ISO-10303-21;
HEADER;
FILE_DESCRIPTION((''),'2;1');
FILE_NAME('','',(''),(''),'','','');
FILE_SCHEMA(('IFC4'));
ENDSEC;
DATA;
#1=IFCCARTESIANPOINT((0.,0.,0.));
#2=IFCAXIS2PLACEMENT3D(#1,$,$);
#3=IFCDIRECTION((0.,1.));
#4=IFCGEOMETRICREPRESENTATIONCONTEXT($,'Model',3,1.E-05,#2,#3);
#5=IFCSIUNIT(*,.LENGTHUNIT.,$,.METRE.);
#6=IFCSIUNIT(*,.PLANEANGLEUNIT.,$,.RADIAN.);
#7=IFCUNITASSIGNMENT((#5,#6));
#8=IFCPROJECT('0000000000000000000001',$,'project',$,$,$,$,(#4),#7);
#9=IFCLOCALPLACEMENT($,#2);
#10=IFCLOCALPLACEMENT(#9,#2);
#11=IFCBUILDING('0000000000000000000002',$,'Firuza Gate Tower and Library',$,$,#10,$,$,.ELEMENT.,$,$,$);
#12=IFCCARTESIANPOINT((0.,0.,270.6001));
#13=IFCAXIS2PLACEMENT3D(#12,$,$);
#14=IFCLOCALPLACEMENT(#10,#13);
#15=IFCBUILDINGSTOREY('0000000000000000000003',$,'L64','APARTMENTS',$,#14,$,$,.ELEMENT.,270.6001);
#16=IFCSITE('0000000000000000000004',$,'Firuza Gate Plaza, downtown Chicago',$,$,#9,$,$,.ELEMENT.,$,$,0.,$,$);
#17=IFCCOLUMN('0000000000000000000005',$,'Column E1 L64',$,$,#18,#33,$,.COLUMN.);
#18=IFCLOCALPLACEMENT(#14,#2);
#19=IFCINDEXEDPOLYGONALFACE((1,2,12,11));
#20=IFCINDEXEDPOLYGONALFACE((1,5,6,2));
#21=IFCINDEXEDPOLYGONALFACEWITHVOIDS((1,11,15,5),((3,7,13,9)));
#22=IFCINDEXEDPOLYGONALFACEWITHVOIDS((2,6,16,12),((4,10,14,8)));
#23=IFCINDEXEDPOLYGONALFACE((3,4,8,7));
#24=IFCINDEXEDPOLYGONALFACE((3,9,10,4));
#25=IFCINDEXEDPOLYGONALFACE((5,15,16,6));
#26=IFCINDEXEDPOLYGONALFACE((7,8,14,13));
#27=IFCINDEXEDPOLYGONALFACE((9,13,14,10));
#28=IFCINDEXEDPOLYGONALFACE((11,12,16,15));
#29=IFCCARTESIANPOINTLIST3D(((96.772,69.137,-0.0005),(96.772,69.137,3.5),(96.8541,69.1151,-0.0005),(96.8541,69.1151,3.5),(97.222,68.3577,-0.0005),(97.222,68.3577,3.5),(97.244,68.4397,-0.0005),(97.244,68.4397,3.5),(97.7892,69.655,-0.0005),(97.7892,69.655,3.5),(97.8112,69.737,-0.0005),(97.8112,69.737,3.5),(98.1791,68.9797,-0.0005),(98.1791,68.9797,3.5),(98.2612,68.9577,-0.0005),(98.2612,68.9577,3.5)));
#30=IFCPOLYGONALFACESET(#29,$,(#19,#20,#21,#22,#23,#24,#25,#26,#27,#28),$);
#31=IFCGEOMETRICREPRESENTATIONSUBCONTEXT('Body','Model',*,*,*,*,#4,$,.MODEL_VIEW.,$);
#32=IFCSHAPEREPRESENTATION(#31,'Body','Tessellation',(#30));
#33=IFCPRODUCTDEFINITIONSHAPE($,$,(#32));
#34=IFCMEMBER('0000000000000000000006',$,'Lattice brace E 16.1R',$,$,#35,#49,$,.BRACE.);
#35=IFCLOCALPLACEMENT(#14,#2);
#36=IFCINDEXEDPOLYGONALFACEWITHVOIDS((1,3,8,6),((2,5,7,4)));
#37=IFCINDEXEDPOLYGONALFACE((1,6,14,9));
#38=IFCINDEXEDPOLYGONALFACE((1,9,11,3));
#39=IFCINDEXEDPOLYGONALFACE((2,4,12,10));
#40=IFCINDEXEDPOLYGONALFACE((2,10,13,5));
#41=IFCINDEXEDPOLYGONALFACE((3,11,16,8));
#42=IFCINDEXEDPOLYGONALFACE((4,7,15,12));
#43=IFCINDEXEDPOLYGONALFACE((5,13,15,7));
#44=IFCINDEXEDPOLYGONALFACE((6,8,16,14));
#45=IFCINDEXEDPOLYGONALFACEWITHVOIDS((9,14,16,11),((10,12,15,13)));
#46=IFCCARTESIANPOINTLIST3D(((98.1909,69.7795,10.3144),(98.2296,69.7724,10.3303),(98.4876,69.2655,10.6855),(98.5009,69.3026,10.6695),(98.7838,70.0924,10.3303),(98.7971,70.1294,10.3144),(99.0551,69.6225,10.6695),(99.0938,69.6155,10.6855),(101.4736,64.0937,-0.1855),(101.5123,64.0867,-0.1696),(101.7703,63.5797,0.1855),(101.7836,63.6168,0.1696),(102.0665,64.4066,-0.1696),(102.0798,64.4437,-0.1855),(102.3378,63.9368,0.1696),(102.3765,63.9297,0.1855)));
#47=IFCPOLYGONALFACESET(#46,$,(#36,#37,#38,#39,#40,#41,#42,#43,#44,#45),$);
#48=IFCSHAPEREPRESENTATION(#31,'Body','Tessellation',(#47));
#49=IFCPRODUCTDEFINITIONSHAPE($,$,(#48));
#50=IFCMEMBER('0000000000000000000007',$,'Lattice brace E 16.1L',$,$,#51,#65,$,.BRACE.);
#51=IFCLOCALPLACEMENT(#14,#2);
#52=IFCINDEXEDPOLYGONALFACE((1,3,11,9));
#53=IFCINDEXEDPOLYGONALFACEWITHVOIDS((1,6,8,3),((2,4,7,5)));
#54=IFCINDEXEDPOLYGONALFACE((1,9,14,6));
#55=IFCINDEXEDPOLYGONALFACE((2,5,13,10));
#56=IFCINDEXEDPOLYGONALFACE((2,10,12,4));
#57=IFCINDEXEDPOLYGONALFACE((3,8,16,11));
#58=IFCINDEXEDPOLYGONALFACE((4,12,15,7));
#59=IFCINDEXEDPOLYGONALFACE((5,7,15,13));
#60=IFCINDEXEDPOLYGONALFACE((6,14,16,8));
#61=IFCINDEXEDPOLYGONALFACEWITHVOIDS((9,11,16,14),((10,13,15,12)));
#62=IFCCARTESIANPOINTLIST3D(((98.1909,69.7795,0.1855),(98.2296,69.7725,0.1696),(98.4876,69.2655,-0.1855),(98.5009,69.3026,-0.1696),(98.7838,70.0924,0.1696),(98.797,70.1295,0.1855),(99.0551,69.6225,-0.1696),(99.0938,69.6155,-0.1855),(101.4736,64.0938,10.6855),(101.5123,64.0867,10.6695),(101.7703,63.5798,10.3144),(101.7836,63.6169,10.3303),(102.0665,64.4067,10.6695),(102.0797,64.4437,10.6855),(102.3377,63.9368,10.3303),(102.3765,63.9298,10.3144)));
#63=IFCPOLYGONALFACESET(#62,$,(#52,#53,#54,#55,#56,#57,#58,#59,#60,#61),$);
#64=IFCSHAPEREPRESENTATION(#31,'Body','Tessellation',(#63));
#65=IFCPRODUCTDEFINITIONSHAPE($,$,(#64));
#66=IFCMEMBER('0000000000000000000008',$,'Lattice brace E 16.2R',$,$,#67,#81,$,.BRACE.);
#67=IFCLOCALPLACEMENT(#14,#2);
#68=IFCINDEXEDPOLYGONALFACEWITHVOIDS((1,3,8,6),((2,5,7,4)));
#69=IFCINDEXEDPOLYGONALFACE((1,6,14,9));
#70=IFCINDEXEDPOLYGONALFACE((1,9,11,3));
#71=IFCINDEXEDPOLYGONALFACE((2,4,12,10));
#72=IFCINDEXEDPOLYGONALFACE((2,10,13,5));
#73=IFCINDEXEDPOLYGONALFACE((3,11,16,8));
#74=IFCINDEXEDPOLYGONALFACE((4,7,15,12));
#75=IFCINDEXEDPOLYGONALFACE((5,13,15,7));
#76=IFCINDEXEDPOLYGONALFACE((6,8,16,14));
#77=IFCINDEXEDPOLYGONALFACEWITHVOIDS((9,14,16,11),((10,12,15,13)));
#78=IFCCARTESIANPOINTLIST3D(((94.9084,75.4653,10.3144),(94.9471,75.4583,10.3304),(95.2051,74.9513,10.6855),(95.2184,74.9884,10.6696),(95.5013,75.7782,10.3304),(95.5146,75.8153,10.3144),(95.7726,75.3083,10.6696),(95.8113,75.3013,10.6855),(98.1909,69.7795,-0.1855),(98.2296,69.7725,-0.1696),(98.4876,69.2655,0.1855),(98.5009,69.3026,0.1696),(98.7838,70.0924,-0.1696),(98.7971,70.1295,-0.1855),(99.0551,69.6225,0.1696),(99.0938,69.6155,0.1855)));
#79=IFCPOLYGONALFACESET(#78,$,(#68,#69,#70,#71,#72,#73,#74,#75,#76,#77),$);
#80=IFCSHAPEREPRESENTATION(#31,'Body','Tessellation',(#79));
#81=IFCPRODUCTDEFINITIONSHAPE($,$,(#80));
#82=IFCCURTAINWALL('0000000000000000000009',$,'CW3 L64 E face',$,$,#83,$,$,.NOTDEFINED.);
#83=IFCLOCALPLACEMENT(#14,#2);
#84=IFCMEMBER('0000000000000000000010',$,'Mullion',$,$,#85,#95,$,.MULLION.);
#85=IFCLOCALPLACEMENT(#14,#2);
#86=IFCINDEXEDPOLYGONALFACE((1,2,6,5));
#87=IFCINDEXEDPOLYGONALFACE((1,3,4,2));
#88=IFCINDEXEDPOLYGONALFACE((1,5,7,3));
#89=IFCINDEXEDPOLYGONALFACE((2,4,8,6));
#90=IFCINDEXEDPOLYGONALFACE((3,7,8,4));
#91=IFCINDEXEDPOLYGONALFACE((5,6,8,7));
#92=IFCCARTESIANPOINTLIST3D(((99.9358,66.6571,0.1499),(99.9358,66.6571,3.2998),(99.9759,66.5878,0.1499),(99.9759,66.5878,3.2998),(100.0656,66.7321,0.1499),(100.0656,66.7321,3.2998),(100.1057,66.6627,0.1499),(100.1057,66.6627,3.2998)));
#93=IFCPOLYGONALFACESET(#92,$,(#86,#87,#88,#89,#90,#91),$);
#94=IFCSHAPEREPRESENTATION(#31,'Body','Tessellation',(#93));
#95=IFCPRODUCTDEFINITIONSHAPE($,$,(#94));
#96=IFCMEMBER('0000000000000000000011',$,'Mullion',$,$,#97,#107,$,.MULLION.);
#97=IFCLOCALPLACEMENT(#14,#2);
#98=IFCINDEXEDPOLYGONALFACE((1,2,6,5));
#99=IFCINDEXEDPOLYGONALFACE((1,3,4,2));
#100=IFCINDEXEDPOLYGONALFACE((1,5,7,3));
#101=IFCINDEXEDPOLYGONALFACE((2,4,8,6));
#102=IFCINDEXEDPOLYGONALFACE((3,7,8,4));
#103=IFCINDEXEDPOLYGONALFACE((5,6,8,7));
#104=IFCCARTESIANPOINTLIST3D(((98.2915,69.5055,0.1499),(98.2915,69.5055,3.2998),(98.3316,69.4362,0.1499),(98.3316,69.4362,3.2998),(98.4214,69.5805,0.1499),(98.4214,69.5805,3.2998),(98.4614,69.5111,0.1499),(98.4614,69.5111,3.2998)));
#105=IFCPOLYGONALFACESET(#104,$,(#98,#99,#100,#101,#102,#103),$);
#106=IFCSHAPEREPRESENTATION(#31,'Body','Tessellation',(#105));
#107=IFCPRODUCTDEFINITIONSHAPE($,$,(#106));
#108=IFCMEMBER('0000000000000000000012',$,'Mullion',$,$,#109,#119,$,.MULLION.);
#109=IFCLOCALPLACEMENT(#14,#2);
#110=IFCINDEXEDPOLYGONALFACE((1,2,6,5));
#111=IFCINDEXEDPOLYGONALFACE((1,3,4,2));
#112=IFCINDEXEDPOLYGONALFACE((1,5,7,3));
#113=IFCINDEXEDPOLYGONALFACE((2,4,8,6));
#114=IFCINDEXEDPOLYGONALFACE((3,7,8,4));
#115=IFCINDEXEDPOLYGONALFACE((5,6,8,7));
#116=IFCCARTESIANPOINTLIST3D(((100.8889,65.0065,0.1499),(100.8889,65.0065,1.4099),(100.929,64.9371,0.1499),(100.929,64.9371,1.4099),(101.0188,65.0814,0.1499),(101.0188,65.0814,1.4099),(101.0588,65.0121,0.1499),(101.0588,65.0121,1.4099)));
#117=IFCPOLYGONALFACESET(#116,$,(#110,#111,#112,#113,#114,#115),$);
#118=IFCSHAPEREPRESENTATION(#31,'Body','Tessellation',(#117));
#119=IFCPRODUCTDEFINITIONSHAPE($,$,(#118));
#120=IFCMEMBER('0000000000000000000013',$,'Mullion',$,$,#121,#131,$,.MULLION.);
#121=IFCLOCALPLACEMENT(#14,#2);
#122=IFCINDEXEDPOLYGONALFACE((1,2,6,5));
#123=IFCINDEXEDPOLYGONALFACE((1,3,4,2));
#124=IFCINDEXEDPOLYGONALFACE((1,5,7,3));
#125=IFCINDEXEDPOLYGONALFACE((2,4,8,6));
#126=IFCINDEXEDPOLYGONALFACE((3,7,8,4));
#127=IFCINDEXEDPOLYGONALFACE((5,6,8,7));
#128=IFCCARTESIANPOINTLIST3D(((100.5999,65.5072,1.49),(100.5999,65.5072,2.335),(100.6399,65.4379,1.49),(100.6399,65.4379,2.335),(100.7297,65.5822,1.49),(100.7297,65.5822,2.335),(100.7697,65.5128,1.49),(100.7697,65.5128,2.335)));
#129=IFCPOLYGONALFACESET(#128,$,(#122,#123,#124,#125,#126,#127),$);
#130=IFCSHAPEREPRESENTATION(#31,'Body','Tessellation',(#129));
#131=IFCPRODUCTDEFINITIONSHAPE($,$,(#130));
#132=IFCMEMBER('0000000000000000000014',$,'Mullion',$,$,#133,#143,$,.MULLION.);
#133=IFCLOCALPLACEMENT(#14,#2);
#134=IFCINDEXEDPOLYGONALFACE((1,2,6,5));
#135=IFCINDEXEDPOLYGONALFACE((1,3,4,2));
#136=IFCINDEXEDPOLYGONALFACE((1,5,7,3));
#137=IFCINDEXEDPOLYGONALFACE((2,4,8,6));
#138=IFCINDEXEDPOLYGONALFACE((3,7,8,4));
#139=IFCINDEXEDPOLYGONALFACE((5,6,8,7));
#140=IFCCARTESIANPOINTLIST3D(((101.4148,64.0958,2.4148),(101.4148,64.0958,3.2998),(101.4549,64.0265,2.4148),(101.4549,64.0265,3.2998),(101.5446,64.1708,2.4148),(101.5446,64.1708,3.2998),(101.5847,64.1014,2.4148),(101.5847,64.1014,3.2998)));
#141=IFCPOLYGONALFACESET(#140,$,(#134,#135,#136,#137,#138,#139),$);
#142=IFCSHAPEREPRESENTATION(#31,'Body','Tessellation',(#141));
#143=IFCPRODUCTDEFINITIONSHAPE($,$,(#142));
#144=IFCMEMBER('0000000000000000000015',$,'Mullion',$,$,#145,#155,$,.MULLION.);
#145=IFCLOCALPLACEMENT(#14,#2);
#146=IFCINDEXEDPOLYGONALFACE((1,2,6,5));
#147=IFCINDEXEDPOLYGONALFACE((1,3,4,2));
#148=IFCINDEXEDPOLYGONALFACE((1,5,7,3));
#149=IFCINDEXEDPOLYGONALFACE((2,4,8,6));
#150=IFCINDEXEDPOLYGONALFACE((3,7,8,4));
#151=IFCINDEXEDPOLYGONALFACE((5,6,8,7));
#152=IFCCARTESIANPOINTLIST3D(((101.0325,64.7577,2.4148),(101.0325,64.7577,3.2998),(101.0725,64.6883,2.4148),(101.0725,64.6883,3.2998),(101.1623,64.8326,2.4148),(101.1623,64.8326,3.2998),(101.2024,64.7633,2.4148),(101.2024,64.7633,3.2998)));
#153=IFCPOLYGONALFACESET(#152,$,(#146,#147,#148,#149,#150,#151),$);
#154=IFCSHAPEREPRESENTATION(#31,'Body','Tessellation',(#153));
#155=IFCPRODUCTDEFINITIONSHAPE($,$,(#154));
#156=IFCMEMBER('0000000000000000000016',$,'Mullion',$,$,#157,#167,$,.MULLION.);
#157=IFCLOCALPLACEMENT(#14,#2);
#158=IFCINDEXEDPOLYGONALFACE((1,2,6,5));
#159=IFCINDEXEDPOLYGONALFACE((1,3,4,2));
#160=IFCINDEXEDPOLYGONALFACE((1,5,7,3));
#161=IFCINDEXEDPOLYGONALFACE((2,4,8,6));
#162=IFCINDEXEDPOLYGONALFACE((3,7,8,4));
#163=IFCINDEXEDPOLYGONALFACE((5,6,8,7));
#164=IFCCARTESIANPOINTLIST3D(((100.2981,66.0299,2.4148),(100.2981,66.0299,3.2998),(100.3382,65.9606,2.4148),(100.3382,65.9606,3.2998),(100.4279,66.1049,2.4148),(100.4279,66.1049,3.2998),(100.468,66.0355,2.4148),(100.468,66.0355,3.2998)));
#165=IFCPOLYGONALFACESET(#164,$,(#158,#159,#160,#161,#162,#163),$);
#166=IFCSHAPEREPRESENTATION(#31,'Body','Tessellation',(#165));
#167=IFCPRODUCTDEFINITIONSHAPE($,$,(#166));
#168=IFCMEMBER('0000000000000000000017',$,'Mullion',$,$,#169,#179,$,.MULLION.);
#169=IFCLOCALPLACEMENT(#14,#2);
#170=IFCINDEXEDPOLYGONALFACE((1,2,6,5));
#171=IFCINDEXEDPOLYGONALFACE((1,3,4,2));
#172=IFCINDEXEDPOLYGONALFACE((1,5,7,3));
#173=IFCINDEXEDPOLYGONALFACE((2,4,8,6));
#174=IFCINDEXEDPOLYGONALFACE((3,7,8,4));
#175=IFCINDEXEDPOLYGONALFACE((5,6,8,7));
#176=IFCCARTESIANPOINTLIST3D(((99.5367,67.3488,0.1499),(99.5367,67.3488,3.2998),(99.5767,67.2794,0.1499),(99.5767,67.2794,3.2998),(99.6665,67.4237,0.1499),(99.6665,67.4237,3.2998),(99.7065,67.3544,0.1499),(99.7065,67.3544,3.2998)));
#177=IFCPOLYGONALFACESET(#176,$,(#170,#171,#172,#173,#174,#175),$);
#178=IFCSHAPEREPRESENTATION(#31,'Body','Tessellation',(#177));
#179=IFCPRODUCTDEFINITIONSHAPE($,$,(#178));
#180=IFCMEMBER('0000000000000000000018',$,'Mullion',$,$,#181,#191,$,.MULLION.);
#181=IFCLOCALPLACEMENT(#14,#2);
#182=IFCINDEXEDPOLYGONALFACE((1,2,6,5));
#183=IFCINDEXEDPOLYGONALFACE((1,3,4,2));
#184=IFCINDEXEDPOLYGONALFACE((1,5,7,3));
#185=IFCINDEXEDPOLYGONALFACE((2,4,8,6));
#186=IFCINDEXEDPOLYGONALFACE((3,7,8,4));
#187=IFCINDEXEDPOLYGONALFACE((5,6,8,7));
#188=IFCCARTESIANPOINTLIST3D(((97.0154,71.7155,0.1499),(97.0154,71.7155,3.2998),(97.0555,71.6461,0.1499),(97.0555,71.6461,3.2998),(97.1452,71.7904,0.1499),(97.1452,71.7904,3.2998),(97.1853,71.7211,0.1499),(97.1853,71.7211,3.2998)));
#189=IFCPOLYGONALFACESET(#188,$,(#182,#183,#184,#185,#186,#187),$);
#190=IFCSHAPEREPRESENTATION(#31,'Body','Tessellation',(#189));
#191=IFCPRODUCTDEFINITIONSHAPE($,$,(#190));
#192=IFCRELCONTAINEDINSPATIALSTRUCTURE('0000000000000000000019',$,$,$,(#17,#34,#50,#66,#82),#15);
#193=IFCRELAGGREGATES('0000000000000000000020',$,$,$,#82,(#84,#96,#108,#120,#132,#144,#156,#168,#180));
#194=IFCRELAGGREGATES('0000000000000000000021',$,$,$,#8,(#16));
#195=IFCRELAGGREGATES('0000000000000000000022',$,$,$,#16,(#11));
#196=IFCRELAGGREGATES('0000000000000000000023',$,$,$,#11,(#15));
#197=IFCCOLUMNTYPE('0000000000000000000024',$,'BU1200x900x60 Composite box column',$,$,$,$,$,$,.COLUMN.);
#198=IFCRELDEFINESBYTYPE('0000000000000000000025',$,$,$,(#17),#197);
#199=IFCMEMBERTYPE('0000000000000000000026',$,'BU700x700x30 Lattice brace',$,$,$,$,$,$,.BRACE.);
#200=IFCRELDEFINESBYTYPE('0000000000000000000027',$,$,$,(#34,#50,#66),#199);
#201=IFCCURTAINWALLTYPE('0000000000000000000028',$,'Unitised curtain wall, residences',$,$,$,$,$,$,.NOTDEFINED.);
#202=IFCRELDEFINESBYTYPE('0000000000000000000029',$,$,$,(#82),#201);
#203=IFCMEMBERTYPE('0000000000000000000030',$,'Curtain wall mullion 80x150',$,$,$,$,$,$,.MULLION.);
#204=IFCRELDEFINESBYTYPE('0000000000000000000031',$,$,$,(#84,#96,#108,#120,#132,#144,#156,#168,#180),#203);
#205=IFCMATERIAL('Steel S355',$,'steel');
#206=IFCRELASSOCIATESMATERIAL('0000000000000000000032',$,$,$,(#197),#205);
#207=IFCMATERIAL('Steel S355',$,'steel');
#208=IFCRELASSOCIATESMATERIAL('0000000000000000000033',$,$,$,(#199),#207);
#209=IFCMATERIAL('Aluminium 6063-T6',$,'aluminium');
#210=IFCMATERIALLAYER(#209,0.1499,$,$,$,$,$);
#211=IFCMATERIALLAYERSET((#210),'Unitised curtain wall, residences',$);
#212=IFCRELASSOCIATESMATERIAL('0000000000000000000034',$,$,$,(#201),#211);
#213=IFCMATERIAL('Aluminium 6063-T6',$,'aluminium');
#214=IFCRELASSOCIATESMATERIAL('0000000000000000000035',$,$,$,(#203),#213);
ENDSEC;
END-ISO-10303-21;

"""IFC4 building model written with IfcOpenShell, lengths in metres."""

from ifc_helpers import new_model, si_unit, direction, frame, origin, origin_2d, place, context, subcontext, project, spatial, rectangle, hollow_rectangle, extrude, material, layer, layer_set, material_profile, profile_set, type_object, element, aggregate, save


model = new_model("IFC4")

# Units and contexts
model_context = context("Model", 3, precision=1e-05, world=origin(), true_north=direction((0.0, 1.0)))
body_context = subcontext(model_context, "Body", "Model", "MODEL_VIEW")
ifc_project = project(units=[si_unit("LENGTHUNIT", "METRE"), si_unit("PLANEANGLEUNIT", "RADIAN")], contexts=[model_context])

# Site, building, storey
site_placement = place(None, origin())
site = spatial("IfcSite", under=ifc_project, at=site_placement, Name="Firuza Gate Plaza, downtown Chicago", CompositionType="ELEMENT", RefElevation=0.0)
building_placement = place(site_placement, origin())
building = spatial("IfcBuilding", under=site, at=building_placement, Name="Firuza Gate Tower and Library", CompositionType="ELEMENT")
storey_placement = place(building_placement, frame((0.0, 0.0, 270.6001)))
storey = spatial("IfcBuildingStorey", under=building, at=storey_placement, Name="L64", Description="APARTMENTS", CompositionType="ELEMENT", Elevation=270.6001)

# Column
ifc_material_1 = material(Name="Steel S355", Category="steel")
ifc_material_profile_1 = material_profile(ifc_material_1, hollow_rectangle(XDim=0.8999, YDim=1.2, WallThickness=0.0601, at=origin_2d()))
ifc_profile_set_1 = profile_set([ifc_material_profile_1], Name="Steel S355")
column_type = type_object("IfcColumnType", Name="BU1200x900x60 Composite box column", PredefinedType="COLUMN", material=ifc_profile_set_1)
column_placement = place(storey_placement, frame((97.5166, 69.0474, -0.0005), z_axis=(0.0, 0.0, 1.0), x_axis=(-0.5, 0.866025, 0.0)))
element("IfcColumn", 1, at=column_placement, inside=storey, type_object=column_type, Name="Column E1 L64", PredefinedType="COLUMN", context=body_context, shape_type="SweptSolid", body=[
    extrude(hollow_rectangle(XDim=0.8999, YDim=1.2, WallThickness=0.0601, at=origin_2d()), origin(), (0.0, 0.0, 1.0), 3.5005),
])

# Members
ifc_material_2 = material(Name="Steel S355", Category="steel")
ifc_material_profile_2 = material_profile(ifc_material_2, hollow_rectangle(XDim=0.7, YDim=0.7, WallThickness=0.03, at=origin_2d()))
ifc_profile_set_2 = profile_set([ifc_material_profile_2], Name="Steel S355")
member_type_1 = type_object("IfcMemberType", Name="BU700x700x30 Lattice brace", PredefinedType="BRACE", material=ifc_profile_set_2)
for number, where, z_axis, x_axis, name in (
    (2, (101.925, 64.0117, 0.0), (-0.265085, 0.459137, 0.847893), (-0.866024, -0.500002, 0.0), "Lattice brace E 16.1R"),
    (3, (98.6423, 69.6975, 0.0), (0.265085, -0.459137, 0.847893), (0.866024, 0.500002, 0.0), "Lattice brace E 16.1L"),
    (4, (98.6423, 69.6975, 0.0), (-0.265067, 0.45914, 0.847898), (-0.86604, -0.499975, 0.0), "Lattice brace E 16.2R"),
):
    element("IfcMember", number, at=place(storey_placement, frame(where, z_axis=z_axis, x_axis=x_axis)), inside=storey, type_object=member_type_1, Name=name, PredefinedType="BRACE", context=body_context, shape_type="SweptSolid", body=[
        extrude(hollow_rectangle(XDim=0.7, YDim=0.7, WallThickness=0.03, at=origin_2d()), origin(), (0.0, 0.0, 1.0), 12.3835),
    ])

# Curtain wall, members
ifc_material_3 = material(Name="Aluminium 6063-T6", Category="aluminium")
ifc_layer_1 = layer(ifc_material_3, 0.1499)
ifc_layer_set_1 = layer_set([ifc_layer_1], Name="Unitised curtain wall, residences")
curtain_wall_type = type_object("IfcCurtainWallType", Name="Unitised curtain wall, residences", PredefinedType="NOTDEFINED", material=ifc_layer_set_1)
curtain_wall_placement = place(storey_placement, origin())
curtain_wall = element("IfcCurtainWall", 5, at=curtain_wall_placement, inside=storey, type_object=curtain_wall_type, Name="CW3 L64 E face", PredefinedType="NOTDEFINED")
ifc_material_4 = material(Name="Aluminium 6063-T6", Category="aluminium")
ifc_material_profile_3 = material_profile(ifc_material_4, rectangle(XDim=0.1499, YDim=0.0801, at=origin_2d()))
ifc_profile_set_3 = profile_set([ifc_material_profile_3], Name="Aluminium 6063-T6")
member_type_2 = type_object("IfcMemberType", Name="Curtain wall mullion 80x150", PredefinedType="MULLION", material=ifc_profile_set_3)
member_1_placement = place(storey_placement, frame((100.0208, 66.6599, 0.1499), z_axis=(0.0, 0.0, 1.0), x_axis=(-0.866025, -0.5, 0.0)))
member_1 = element("IfcMember", 6, at=member_1_placement, type_object=member_type_2, Name="Mullion", PredefinedType="MULLION", context=body_context, shape_type="SweptSolid", body=[
    extrude(rectangle(XDim=0.1499, YDim=0.0801, at=origin_2d()), origin(), (0.0, 0.0, 1.0), 3.1499),
])
member_2_placement = place(storey_placement, frame((98.3765, 69.5083, 0.1499), z_axis=(0.0, 0.0, 1.0), x_axis=(-0.866025, -0.5, 0.0)))
member_2 = element("IfcMember", 7, at=member_2_placement, type_object=member_type_2, Name="Mullion", PredefinedType="MULLION", context=body_context, shape_type="SweptSolid", body=[
    extrude(rectangle(XDim=0.1499, YDim=0.0801, at=origin_2d()), origin(), (0.0, 0.0, 1.0), 3.1499),
])
member_3_placement = place(storey_placement, frame((100.9739, 65.0093, 0.1499), z_axis=(0.0, 0.0, 1.0), x_axis=(-0.866025, -0.5, 0.0)))
member_3 = element("IfcMember", 8, at=member_3_placement, type_object=member_type_2, Name="Mullion", PredefinedType="MULLION", context=body_context, shape_type="SweptSolid", body=[
    extrude(rectangle(XDim=0.1499, YDim=0.0801, at=origin_2d()), origin(), (0.0, 0.0, 1.0), 1.26),
])
member_4_placement = place(storey_placement, frame((100.6848, 65.51, 1.49), z_axis=(0.0, 0.0, 1.0), x_axis=(-0.866025, -0.5, 0.0)))
member_4 = element("IfcMember", 9, at=member_4_placement, type_object=member_type_2, Name="Mullion", PredefinedType="MULLION", context=body_context, shape_type="SweptSolid", body=[
    extrude(rectangle(XDim=0.1499, YDim=0.0801, at=origin_2d()), origin(), (0.0, 0.0, 1.0), 0.845),
])
member_5_placement = place(storey_placement, frame((101.4998, 64.0986, 2.4148), z_axis=(0.0, 0.0, 1.0), x_axis=(-0.866025, -0.5, 0.0)))
member_5 = element("IfcMember", 10, at=member_5_placement, type_object=member_type_2, Name="Mullion", PredefinedType="MULLION", context=body_context, shape_type="SweptSolid", body=[
    extrude(rectangle(XDim=0.1499, YDim=0.0801, at=origin_2d()), origin(), (0.0, 0.0, 1.0), 0.885),
])
member_6_placement = place(storey_placement, frame((101.1174, 64.7605, 2.4148), z_axis=(0.0, 0.0, 1.0), x_axis=(-0.866025, -0.5, 0.0)))
member_6 = element("IfcMember", 11, at=member_6_placement, type_object=member_type_2, Name="Mullion", PredefinedType="MULLION", context=body_context, shape_type="SweptSolid", body=[
    extrude(rectangle(XDim=0.1499, YDim=0.0801, at=origin_2d()), origin(), (0.0, 0.0, 1.0), 0.885),
])
member_7_placement = place(storey_placement, frame((100.3831, 66.0327, 2.4148), z_axis=(0.0, 0.0, 1.0), x_axis=(-0.866025, -0.5, 0.0)))
member_7 = element("IfcMember", 12, at=member_7_placement, type_object=member_type_2, Name="Mullion", PredefinedType="MULLION", context=body_context, shape_type="SweptSolid", body=[
    extrude(rectangle(XDim=0.1499, YDim=0.0801, at=origin_2d()), origin(), (0.0, 0.0, 1.0), 0.885),
])
member_8_placement = place(storey_placement, frame((99.6216, 67.3516, 0.1499), z_axis=(0.0, 0.0, 1.0), x_axis=(-0.866025, -0.5, 0.0)))
member_8 = element("IfcMember", 13, at=member_8_placement, type_object=member_type_2, Name="Mullion", PredefinedType="MULLION", context=body_context, shape_type="SweptSolid", body=[
    extrude(rectangle(XDim=0.1499, YDim=0.0801, at=origin_2d()), origin(), (0.0, 0.0, 1.0), 3.1499),
])
member_9_placement = place(storey_placement, frame((97.1003, 71.7183, 0.1499), z_axis=(0.0, 0.0, 1.0), x_axis=(-0.866025, -0.5, 0.0)))
member_9 = element("IfcMember", 14, at=member_9_placement, type_object=member_type_2, Name="Mullion", PredefinedType="MULLION", context=body_context, shape_type="SweptSolid", body=[
    extrude(rectangle(XDim=0.1499, YDim=0.0801, at=origin_2d()), origin(), (0.0, 0.0, 1.0), 3.1499),
])

aggregate(curtain_wall, [member_1, member_2, member_3, member_4, member_5, member_6, member_7, member_8, member_9])

save(model, "model.ifc")
